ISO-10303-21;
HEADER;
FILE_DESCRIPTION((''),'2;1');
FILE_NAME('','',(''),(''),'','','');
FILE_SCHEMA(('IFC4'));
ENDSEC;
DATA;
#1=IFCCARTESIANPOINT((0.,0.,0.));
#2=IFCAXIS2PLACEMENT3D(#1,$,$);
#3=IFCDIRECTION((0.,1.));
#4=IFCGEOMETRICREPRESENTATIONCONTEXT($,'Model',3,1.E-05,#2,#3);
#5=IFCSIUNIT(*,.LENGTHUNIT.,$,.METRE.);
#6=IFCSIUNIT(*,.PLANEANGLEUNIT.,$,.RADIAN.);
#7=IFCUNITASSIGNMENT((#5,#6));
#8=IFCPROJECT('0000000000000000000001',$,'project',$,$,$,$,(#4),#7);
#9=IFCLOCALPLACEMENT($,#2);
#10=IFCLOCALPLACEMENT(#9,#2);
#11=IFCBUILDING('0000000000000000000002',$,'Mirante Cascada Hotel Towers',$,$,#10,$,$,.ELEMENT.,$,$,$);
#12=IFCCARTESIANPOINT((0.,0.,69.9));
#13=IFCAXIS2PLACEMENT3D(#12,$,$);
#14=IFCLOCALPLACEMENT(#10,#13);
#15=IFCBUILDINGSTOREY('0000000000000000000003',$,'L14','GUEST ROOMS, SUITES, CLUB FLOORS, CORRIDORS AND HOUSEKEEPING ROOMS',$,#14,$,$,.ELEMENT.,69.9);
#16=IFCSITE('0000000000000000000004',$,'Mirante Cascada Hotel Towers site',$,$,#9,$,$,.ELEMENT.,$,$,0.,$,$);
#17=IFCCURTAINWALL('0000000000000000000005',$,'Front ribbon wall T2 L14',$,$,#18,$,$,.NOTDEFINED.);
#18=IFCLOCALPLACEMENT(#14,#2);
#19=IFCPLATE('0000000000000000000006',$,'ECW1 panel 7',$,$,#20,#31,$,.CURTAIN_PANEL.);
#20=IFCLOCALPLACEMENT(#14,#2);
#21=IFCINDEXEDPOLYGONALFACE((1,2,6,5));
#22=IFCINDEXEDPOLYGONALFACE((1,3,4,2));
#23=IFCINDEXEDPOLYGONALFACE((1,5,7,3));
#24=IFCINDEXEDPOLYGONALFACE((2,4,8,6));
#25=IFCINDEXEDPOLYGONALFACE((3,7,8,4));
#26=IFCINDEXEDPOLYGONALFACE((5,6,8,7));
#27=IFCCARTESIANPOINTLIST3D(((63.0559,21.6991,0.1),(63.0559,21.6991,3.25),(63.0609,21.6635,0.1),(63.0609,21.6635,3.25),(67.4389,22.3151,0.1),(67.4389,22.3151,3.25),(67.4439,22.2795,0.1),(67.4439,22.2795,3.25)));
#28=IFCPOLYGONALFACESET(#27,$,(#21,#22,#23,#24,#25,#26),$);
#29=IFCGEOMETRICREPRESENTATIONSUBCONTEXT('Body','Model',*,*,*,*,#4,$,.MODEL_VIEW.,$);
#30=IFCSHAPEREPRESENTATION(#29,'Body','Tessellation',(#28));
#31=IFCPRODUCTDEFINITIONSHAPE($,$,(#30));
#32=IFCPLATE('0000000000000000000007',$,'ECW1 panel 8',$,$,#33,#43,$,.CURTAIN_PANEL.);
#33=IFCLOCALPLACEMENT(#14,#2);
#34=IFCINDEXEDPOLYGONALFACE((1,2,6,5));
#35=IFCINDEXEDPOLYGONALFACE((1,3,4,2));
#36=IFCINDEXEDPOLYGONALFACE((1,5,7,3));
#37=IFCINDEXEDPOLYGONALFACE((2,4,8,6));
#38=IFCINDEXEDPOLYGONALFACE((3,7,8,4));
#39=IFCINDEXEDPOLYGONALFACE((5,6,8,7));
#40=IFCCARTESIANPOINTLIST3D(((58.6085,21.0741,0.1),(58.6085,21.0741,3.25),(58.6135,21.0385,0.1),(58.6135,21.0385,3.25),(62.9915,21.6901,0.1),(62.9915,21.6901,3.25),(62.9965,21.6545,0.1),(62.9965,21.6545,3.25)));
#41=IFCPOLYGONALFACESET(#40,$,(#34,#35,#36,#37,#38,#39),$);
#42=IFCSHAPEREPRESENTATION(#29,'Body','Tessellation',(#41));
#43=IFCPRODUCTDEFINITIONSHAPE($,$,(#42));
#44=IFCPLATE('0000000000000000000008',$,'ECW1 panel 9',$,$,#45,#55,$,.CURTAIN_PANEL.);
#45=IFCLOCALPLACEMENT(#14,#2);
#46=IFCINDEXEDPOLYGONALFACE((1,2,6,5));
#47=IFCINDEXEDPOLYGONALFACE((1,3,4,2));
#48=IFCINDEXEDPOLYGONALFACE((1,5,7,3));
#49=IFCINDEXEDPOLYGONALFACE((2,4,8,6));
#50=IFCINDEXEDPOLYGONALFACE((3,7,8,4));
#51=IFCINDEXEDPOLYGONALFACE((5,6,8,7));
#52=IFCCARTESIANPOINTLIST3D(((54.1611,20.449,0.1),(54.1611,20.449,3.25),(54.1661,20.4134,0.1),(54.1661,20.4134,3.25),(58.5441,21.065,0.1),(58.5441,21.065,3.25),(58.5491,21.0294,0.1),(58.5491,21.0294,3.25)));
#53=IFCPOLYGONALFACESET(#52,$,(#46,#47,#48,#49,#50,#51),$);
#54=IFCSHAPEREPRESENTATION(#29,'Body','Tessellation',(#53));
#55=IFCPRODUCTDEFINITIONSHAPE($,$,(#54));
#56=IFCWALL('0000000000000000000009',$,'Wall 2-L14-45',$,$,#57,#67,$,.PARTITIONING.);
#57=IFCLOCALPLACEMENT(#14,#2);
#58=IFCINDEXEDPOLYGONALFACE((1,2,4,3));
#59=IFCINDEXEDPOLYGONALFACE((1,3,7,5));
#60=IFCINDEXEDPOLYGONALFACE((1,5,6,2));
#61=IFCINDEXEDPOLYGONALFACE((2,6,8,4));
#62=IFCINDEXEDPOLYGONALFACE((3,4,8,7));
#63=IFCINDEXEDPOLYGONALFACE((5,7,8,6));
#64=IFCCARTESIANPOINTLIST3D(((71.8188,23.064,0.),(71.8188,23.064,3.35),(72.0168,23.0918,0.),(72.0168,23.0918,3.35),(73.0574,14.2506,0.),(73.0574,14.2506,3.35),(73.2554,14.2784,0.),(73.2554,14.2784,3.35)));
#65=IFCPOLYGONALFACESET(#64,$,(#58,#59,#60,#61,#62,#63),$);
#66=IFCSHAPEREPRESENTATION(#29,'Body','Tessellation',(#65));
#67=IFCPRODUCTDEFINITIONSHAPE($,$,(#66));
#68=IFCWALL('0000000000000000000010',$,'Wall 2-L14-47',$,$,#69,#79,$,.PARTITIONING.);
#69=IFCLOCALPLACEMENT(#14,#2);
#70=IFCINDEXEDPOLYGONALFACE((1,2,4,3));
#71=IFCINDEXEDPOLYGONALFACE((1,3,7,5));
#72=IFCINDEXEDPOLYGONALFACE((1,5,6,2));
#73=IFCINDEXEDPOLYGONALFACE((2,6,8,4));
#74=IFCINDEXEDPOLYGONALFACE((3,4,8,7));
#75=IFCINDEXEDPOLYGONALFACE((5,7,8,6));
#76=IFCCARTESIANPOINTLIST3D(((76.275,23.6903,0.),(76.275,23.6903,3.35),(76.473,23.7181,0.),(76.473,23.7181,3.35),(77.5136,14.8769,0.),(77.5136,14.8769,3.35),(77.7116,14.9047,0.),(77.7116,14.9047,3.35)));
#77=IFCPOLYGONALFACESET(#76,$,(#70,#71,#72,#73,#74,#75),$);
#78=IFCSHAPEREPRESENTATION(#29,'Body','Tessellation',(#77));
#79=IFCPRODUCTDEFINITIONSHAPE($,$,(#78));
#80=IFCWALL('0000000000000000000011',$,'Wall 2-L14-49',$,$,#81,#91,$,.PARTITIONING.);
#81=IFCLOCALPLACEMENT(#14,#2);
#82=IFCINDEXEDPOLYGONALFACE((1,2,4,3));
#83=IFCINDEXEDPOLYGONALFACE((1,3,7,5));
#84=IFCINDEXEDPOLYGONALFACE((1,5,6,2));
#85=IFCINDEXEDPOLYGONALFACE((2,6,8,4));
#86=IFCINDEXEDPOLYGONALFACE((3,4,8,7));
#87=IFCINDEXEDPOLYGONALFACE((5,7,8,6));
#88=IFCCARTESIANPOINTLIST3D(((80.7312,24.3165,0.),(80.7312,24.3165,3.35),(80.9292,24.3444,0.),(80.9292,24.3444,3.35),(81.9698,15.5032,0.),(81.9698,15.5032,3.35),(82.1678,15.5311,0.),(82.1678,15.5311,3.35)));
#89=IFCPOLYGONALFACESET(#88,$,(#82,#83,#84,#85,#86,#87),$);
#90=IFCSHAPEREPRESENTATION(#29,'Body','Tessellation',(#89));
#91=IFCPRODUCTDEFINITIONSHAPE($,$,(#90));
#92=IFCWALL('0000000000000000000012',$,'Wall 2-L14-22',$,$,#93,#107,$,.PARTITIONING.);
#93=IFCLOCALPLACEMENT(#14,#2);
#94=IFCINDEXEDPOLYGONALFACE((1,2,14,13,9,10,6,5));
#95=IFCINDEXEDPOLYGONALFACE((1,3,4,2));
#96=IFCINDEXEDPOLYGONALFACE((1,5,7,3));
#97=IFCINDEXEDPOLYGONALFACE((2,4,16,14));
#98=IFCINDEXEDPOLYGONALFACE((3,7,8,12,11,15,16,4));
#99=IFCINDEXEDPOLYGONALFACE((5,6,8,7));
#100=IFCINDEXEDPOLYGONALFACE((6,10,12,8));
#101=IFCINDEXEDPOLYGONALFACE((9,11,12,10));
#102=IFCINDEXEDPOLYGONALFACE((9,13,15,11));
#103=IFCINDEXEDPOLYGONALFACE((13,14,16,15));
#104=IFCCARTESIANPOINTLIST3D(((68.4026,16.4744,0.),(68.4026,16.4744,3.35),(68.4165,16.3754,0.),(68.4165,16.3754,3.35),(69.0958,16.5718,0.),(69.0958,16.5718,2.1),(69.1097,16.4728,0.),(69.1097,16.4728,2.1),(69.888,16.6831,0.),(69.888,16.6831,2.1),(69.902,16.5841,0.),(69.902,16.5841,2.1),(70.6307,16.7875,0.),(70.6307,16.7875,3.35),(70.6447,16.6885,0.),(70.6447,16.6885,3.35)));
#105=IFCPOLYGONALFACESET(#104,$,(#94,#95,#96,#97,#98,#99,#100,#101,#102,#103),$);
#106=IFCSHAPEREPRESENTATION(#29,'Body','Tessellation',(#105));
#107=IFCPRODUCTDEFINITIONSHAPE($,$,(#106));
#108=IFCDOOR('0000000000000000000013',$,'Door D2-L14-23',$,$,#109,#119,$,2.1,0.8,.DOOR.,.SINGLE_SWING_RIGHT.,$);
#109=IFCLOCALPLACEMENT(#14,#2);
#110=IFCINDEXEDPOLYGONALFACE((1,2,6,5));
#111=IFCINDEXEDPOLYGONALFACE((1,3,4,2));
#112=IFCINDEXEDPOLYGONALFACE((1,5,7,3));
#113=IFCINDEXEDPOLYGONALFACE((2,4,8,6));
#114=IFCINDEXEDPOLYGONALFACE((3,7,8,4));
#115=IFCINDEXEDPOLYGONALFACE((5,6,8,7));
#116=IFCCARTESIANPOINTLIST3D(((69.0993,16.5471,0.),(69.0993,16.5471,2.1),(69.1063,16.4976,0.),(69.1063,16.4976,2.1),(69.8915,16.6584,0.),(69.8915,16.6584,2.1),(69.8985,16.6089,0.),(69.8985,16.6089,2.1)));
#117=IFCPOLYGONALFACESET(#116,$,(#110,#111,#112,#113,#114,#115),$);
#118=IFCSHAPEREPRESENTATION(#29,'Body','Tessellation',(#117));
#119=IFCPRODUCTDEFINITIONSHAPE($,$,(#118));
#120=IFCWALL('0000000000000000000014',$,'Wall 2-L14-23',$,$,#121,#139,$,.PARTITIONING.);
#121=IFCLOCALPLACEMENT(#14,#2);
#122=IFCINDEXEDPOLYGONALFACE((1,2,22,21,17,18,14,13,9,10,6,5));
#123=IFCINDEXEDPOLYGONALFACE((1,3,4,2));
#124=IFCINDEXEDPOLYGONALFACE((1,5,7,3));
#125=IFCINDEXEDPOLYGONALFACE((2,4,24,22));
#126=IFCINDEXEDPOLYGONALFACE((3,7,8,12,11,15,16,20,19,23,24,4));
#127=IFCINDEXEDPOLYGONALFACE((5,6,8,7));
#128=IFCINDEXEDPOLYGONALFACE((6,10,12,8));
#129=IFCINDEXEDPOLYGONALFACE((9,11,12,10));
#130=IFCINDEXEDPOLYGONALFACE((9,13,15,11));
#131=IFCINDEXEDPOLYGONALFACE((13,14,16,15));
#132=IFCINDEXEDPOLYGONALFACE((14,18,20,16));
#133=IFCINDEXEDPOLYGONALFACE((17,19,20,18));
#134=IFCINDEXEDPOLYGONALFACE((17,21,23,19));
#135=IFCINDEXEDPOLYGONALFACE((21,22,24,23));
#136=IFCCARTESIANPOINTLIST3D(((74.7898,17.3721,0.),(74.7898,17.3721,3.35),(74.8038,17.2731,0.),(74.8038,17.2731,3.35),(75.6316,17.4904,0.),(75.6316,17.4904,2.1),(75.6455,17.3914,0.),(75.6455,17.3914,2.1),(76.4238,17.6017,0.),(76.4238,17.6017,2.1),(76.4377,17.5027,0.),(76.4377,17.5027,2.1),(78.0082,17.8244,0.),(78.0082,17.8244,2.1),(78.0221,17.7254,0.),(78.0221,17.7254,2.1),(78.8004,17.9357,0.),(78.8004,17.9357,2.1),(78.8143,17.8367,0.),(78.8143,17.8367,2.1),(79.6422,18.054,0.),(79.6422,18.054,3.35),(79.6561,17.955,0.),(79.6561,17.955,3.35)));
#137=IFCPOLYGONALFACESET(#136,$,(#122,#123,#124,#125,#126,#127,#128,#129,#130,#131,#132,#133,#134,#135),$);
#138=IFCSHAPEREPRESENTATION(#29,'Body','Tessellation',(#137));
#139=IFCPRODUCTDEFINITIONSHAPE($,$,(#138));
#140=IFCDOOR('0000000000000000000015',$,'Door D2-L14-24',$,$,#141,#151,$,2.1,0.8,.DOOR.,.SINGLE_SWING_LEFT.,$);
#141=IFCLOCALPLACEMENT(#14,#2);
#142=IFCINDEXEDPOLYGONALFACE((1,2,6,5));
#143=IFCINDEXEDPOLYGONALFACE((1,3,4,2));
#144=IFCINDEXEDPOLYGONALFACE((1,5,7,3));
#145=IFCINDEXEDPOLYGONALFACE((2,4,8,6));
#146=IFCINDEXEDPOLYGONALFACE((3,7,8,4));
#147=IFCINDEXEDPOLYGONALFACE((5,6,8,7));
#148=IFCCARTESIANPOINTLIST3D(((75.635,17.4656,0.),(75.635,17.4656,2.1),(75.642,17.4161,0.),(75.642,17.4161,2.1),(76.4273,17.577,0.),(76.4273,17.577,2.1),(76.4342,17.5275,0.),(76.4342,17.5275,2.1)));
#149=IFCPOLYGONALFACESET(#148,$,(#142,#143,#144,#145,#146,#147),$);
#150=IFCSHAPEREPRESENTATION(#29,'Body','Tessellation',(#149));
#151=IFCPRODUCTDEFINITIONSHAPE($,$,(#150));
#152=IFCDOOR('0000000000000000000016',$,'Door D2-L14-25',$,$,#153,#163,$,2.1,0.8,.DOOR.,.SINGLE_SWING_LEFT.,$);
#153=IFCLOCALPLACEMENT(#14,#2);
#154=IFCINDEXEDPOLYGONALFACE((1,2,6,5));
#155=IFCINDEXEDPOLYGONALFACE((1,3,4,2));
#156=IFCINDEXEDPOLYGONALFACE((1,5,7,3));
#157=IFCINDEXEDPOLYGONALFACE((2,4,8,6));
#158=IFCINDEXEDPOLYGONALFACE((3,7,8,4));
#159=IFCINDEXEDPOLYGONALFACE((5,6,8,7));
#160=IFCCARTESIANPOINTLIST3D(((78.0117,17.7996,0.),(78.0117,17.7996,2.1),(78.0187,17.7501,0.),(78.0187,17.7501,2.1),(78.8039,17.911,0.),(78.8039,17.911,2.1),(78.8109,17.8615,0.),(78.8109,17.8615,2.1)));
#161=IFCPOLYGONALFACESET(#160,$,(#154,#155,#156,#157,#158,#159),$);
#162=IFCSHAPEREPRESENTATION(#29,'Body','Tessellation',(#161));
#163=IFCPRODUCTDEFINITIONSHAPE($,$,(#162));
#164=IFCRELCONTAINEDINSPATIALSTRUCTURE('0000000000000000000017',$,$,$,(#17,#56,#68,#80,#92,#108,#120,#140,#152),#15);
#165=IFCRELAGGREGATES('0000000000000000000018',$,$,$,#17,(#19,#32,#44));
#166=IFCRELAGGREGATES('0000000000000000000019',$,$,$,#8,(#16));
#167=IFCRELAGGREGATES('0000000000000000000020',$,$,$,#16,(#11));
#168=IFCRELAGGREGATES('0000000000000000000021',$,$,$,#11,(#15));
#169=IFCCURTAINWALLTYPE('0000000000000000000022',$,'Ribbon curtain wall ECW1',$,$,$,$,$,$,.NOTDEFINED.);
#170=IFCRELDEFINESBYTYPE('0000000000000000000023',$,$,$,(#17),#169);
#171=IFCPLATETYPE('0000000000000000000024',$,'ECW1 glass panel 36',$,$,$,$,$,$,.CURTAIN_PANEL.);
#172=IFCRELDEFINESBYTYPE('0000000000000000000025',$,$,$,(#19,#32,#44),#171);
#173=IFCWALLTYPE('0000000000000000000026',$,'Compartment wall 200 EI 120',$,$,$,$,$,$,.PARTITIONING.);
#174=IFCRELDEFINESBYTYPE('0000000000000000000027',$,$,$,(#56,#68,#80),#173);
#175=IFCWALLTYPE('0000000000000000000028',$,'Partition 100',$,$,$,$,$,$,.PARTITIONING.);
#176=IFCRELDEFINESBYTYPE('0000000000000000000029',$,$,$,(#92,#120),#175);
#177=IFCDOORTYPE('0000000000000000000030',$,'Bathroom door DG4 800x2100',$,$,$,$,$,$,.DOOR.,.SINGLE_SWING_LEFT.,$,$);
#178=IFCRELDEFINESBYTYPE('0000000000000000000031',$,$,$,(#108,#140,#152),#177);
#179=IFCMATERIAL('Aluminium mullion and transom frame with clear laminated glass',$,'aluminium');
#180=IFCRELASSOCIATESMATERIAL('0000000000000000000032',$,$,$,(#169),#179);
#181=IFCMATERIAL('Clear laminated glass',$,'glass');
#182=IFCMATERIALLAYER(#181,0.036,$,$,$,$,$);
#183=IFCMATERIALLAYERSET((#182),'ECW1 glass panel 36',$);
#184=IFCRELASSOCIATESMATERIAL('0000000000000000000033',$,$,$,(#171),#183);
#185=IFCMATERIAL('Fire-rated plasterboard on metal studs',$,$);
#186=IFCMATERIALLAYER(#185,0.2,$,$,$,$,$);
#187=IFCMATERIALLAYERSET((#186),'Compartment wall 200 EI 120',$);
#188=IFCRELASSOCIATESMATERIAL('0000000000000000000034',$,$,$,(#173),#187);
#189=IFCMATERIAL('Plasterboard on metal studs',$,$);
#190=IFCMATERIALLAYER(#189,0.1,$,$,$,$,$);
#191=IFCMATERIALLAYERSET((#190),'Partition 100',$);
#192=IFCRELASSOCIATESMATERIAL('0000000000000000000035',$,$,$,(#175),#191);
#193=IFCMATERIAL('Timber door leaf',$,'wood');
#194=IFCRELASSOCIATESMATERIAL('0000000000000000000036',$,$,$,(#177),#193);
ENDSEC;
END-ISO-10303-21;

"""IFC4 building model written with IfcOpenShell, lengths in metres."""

from ifc_helpers import new_model, si_unit, direction, frame, frame_2d, origin, origin_2d, place, context, subcontext, project, spatial, rectangle, extrude, material, layer, layer_set, type_object, element, fill, aggregate, save


model = new_model("IFC4")

# Units and contexts
model_context = context("Model", 3, precision=1e-05, world=origin(), true_north=direction((0.0, 1.0)))
body_context = subcontext(model_context, "Body", "Model", "MODEL_VIEW")
ifc_project = project(units=[si_unit("LENGTHUNIT", "METRE"), si_unit("PLANEANGLEUNIT", "RADIAN")], contexts=[model_context])

# Site, building, storey
site_placement = place(None, origin())
site = spatial("IfcSite", under=ifc_project, at=site_placement, Name="Mirante Cascada Hotel Towers site", CompositionType="ELEMENT", RefElevation=0.0)
building_placement = place(site_placement, origin())
building = spatial("IfcBuilding", under=site, at=building_placement, Name="Mirante Cascada Hotel Towers", CompositionType="ELEMENT")
storey_placement = place(building_placement, frame((0.0, 0.0, 69.9)))
storey = spatial("IfcBuildingStorey", under=building, at=storey_placement, Name="L14", Description="GUEST ROOMS, SUITES, CLUB FLOORS, CORRIDORS AND HOUSEKEEPING ROOMS", CompositionType="ELEMENT", Elevation=69.9)

# Curtain wall, plates
ifc_material_1 = material(Name="Aluminium mullion and transom frame with clear laminated glass", Category="aluminium")
curtain_wall_type = type_object("IfcCurtainWallType", Name="Ribbon curtain wall ECW1", PredefinedType="NOTDEFINED", material=ifc_material_1)
curtain_wall_placement = place(storey_placement, origin())
curtain_wall = element("IfcCurtainWall", 1, at=curtain_wall_placement, inside=storey, type_object=curtain_wall_type, Name="Front ribbon wall T2 L14", PredefinedType="NOTDEFINED")
ifc_material_2 = material(Name="Clear laminated glass", Category="glass")
ifc_layer_1 = layer(ifc_material_2, 0.036)
ifc_layer_set_1 = layer_set([ifc_layer_1], Name="ECW1 glass panel 36")
plate_type = type_object("IfcPlateType", Name="ECW1 glass panel 36", PredefinedType="CURTAIN_PANEL", material=ifc_layer_set_1)
plate_1_placement = place(storey_placement, frame((65.2499, 21.9893, 0.1), z_axis=(0.0, 0.0, 1.0), x_axis=(-0.990268, -0.139173, 0.0)))
plate_1 = element("IfcPlate", 2, at=plate_1_placement, type_object=plate_type, Name="ECW1 panel 7", PredefinedType="CURTAIN_PANEL", context=body_context, shape_type="SweptSolid", body=[
    extrude(rectangle(XDim=4.4261, YDim=0.036, at=origin_2d()), origin(), (0.0, 0.0, 1.0), 3.15),
])
plate_2_placement = place(storey_placement, frame((60.8025, 21.3643, 0.1), z_axis=(0.0, 0.0, 1.0), x_axis=(-0.990268, -0.139173, 0.0)))
plate_2 = element("IfcPlate", 3, at=plate_2_placement, type_object=plate_type, Name="ECW1 panel 8", PredefinedType="CURTAIN_PANEL", context=body_context, shape_type="SweptSolid", body=[
    extrude(rectangle(XDim=4.4261, YDim=0.036, at=origin_2d()), origin(), (0.0, 0.0, 1.0), 3.15),
])
plate_3_placement = place(storey_placement, frame((56.3551, 20.7392, 0.1), z_axis=(0.0, 0.0, 1.0), x_axis=(-0.990268, -0.139173, 0.0)))
plate_3 = element("IfcPlate", 4, at=plate_3_placement, type_object=plate_type, Name="ECW1 panel 9", PredefinedType="CURTAIN_PANEL", context=body_context, shape_type="SweptSolid", body=[
    extrude(rectangle(XDim=4.4261, YDim=0.036, at=origin_2d()), origin(), (0.0, 0.0, 1.0), 3.15),
])
aggregate(curtain_wall, [plate_1, plate_2, plate_3])

# Walls
ifc_material_3 = material(Name="Fire-rated plasterboard on metal studs")
ifc_layer_2 = layer(ifc_material_3, 0.2)
ifc_layer_set_2 = layer_set([ifc_layer_2], Name="Compartment wall 200 EI 120")
wall_type_1 = type_object("IfcWallType", Name="Compartment wall 200 EI 120", PredefinedType="PARTITIONING", material=ifc_layer_set_2)
for number, where, z_axis, x_axis, name in (
    (5, (73.1564, 14.2645, 0.0), (0.0, 0.0, 1.0), (-0.139168, 0.990269, 0.0), "Wall 2-L14-45"),
    (6, (77.6126, 14.8908, 0.0), (0.0, 0.0, 1.0), (-0.139168, 0.990269, 0.0), "Wall 2-L14-47"),
):
    element("IfcWall", number, at=place(storey_placement, frame(where, z_axis=z_axis, x_axis=x_axis)), inside=storey, type_object=wall_type_1, Name=name, PredefinedType="PARTITIONING", context=body_context, shape_type="SweptSolid", body=[
        extrude(rectangle(XDim=8.9, YDim=0.2, at=frame_2d((4.45, 0.0))), origin(), (0.0, 0.0, 1.0), 3.35),
    ])
wall_1_placement = place(storey_placement, frame((82.0688, 15.5171, 0.0), z_axis=(0.0, 0.0, 1.0), x_axis=(-0.13917, 0.990268, 0.0)))
element("IfcWall", 7, at=wall_1_placement, inside=storey, type_object=wall_type_1, Name="Wall 2-L14-49", PredefinedType="PARTITIONING", context=body_context, shape_type="SweptSolid", body=[
    extrude(rectangle(XDim=8.8999, YDim=0.2, at=frame_2d((4.45, 0.0))), origin(), (0.0, 0.0, 1.0), 3.35),
])

# Wall, opening, door
ifc_material_4 = material(Name="Plasterboard on metal studs")
ifc_layer_3 = layer(ifc_material_4, 0.1)
ifc_layer_set_3 = layer_set([ifc_layer_3], Name="Partition 100")
wall_type_2 = type_object("IfcWallType", Name="Partition 100", PredefinedType="PARTITIONING", material=ifc_layer_set_3)
wall_2_placement = place(storey_placement, frame((70.6377, 16.738, 0.0), z_axis=(0.0, 0.0, 1.0), x_axis=(-0.990271, -0.139156, 0.0)))
wall_2 = element("IfcWall", 8, at=wall_2_placement, inside=storey, type_object=wall_type_2, Name="Wall 2-L14-22", PredefinedType="PARTITIONING", context=body_context, shape_type="SweptSolid", body=[
    extrude(rectangle(XDim=2.25, YDim=0.1, at=frame_2d((1.125, 0.0))), origin(), (0.0, 0.0, 1.0), 3.35),
])
opening_1_placement = place(wall_2_placement, frame((0.75, 0.0, 0.0)))
opening_1 = element("IfcOpeningElement", 9, at=opening_1_placement, cuts=wall_2, PredefinedType="OPENING", context=body_context, shape_type="SweptSolid", body=[
    extrude(rectangle(XDim=0.8, YDim=2.1, at=frame_2d((0.4, 1.05))), frame((0.0, 0.05, 0.0), z_axis=(0.0, -1.0, 0.0), x_axis=(1.0, 0.0, 0.0)), (0.0, 0.0, 1.0), 0.1),
])
ifc_material_5 = material(Name="Timber door leaf", Category="wood")
door_type = type_object("IfcDoorType", Name="Bathroom door DG4 800x2100", OperationType="SINGLE_SWING_LEFT", PredefinedType="DOOR", material=ifc_material_5)
door_1_placement = place(opening_1_placement, frame((0.8, 0.0, 0.0), z_axis=(0.0, 0.0, 1.0), x_axis=(-1.0, 0.0, 0.0)))
door_1 = element("IfcDoor", 10, at=door_1_placement, inside=storey, type_object=door_type, Name="Door D2-L14-23", OperationType="SINGLE_SWING_RIGHT", OverallHeight=2.1, OverallWidth=0.8, PredefinedType="DOOR", context=body_context, shape_type="SweptSolid", body=[
    extrude(rectangle(XDim=0.8, YDim=2.1, at=frame_2d((0.4, 1.05))), frame((0.0, 0.025, 0.0), z_axis=(0.0, -1.0, 0.0), x_axis=(1.0, 0.0, 0.0)), (0.0, 0.0, 1.0), 0.05),
])
fill(opening_1, door_1)

# Wall, openings, doors
wall_3_placement = place(storey_placement, frame((74.7968, 17.3226, 0.0), z_axis=(0.0, 0.0, 1.0), x_axis=(0.990269, 0.139164, 0.0)))
wall_3 = element("IfcWall", 11, at=wall_3_placement, inside=storey, type_object=wall_type_2, Name="Wall 2-L14-23", PredefinedType="PARTITIONING", context=body_context, shape_type="SweptSolid", body=[
    extrude(rectangle(XDim=4.9, YDim=0.1, at=frame_2d((2.45, 0.0))), origin(), (0.0, 0.0, 1.0), 3.35),
])
opening_2_placement = place(wall_3_placement, frame((0.85, 0.0, 0.0)))
opening_2 = element("IfcOpeningElement", 12, at=opening_2_placement, cuts=wall_3, PredefinedType="OPENING", context=body_context, shape_type="SweptSolid", body=[
    extrude(rectangle(XDim=0.8, YDim=2.1, at=frame_2d((0.4, 1.05))), frame((0.0, 0.05, 0.0), z_axis=(0.0, -1.0, 0.0), x_axis=(1.0, 0.0, 0.0)), (0.0, 0.0, 1.0), 0.1),
])
opening_3_placement = place(wall_3_placement, frame((3.25, 0.0, 0.0)))
opening_3 = element("IfcOpeningElement", 13, at=opening_3_placement, cuts=wall_3, PredefinedType="OPENING", context=body_context, shape_type="SweptSolid", body=[
    extrude(rectangle(XDim=0.8, YDim=2.1, at=frame_2d((0.4, 1.05))), frame((0.0, 0.05, 0.0), z_axis=(0.0, -1.0, 0.0), x_axis=(1.0, 0.0, 0.0)), (0.0, 0.0, 1.0), 0.1),
])
door_2_placement = place(opening_2_placement, origin())
door_2 = element("IfcDoor", 14, at=door_2_placement, inside=storey, type_object=door_type, Name="Door D2-L14-24", OperationType="SINGLE_SWING_LEFT", OverallHeight=2.1, OverallWidth=0.8, PredefinedType="DOOR", context=body_context, shape_type="SweptSolid", body=[
    extrude(rectangle(XDim=0.8, YDim=2.1, at=frame_2d((0.4, 1.05))), frame((0.0, 0.025, 0.0), z_axis=(0.0, -1.0, 0.0), x_axis=(1.0, 0.0, 0.0)), (0.0, 0.0, 1.0), 0.05),
])
fill(opening_2, door_2)
door_3_placement = place(opening_3_placement, origin())
door_3 = element("IfcDoor", 15, at=door_3_placement, inside=storey, type_object=door_type, Name="Door D2-L14-25", OperationType="SINGLE_SWING_LEFT", OverallHeight=2.1, OverallWidth=0.8, PredefinedType="DOOR", context=body_context, shape_type="SweptSolid", body=[
    extrude(rectangle(XDim=0.8, YDim=2.1, at=frame_2d((0.4, 1.05))), frame((0.0, 0.025, 0.0), z_axis=(0.0, -1.0, 0.0), x_axis=(1.0, 0.0, 0.0)), (0.0, 0.0, 1.0), 0.05),
])
fill(opening_3, door_3)

save(model, "model.ifc")
